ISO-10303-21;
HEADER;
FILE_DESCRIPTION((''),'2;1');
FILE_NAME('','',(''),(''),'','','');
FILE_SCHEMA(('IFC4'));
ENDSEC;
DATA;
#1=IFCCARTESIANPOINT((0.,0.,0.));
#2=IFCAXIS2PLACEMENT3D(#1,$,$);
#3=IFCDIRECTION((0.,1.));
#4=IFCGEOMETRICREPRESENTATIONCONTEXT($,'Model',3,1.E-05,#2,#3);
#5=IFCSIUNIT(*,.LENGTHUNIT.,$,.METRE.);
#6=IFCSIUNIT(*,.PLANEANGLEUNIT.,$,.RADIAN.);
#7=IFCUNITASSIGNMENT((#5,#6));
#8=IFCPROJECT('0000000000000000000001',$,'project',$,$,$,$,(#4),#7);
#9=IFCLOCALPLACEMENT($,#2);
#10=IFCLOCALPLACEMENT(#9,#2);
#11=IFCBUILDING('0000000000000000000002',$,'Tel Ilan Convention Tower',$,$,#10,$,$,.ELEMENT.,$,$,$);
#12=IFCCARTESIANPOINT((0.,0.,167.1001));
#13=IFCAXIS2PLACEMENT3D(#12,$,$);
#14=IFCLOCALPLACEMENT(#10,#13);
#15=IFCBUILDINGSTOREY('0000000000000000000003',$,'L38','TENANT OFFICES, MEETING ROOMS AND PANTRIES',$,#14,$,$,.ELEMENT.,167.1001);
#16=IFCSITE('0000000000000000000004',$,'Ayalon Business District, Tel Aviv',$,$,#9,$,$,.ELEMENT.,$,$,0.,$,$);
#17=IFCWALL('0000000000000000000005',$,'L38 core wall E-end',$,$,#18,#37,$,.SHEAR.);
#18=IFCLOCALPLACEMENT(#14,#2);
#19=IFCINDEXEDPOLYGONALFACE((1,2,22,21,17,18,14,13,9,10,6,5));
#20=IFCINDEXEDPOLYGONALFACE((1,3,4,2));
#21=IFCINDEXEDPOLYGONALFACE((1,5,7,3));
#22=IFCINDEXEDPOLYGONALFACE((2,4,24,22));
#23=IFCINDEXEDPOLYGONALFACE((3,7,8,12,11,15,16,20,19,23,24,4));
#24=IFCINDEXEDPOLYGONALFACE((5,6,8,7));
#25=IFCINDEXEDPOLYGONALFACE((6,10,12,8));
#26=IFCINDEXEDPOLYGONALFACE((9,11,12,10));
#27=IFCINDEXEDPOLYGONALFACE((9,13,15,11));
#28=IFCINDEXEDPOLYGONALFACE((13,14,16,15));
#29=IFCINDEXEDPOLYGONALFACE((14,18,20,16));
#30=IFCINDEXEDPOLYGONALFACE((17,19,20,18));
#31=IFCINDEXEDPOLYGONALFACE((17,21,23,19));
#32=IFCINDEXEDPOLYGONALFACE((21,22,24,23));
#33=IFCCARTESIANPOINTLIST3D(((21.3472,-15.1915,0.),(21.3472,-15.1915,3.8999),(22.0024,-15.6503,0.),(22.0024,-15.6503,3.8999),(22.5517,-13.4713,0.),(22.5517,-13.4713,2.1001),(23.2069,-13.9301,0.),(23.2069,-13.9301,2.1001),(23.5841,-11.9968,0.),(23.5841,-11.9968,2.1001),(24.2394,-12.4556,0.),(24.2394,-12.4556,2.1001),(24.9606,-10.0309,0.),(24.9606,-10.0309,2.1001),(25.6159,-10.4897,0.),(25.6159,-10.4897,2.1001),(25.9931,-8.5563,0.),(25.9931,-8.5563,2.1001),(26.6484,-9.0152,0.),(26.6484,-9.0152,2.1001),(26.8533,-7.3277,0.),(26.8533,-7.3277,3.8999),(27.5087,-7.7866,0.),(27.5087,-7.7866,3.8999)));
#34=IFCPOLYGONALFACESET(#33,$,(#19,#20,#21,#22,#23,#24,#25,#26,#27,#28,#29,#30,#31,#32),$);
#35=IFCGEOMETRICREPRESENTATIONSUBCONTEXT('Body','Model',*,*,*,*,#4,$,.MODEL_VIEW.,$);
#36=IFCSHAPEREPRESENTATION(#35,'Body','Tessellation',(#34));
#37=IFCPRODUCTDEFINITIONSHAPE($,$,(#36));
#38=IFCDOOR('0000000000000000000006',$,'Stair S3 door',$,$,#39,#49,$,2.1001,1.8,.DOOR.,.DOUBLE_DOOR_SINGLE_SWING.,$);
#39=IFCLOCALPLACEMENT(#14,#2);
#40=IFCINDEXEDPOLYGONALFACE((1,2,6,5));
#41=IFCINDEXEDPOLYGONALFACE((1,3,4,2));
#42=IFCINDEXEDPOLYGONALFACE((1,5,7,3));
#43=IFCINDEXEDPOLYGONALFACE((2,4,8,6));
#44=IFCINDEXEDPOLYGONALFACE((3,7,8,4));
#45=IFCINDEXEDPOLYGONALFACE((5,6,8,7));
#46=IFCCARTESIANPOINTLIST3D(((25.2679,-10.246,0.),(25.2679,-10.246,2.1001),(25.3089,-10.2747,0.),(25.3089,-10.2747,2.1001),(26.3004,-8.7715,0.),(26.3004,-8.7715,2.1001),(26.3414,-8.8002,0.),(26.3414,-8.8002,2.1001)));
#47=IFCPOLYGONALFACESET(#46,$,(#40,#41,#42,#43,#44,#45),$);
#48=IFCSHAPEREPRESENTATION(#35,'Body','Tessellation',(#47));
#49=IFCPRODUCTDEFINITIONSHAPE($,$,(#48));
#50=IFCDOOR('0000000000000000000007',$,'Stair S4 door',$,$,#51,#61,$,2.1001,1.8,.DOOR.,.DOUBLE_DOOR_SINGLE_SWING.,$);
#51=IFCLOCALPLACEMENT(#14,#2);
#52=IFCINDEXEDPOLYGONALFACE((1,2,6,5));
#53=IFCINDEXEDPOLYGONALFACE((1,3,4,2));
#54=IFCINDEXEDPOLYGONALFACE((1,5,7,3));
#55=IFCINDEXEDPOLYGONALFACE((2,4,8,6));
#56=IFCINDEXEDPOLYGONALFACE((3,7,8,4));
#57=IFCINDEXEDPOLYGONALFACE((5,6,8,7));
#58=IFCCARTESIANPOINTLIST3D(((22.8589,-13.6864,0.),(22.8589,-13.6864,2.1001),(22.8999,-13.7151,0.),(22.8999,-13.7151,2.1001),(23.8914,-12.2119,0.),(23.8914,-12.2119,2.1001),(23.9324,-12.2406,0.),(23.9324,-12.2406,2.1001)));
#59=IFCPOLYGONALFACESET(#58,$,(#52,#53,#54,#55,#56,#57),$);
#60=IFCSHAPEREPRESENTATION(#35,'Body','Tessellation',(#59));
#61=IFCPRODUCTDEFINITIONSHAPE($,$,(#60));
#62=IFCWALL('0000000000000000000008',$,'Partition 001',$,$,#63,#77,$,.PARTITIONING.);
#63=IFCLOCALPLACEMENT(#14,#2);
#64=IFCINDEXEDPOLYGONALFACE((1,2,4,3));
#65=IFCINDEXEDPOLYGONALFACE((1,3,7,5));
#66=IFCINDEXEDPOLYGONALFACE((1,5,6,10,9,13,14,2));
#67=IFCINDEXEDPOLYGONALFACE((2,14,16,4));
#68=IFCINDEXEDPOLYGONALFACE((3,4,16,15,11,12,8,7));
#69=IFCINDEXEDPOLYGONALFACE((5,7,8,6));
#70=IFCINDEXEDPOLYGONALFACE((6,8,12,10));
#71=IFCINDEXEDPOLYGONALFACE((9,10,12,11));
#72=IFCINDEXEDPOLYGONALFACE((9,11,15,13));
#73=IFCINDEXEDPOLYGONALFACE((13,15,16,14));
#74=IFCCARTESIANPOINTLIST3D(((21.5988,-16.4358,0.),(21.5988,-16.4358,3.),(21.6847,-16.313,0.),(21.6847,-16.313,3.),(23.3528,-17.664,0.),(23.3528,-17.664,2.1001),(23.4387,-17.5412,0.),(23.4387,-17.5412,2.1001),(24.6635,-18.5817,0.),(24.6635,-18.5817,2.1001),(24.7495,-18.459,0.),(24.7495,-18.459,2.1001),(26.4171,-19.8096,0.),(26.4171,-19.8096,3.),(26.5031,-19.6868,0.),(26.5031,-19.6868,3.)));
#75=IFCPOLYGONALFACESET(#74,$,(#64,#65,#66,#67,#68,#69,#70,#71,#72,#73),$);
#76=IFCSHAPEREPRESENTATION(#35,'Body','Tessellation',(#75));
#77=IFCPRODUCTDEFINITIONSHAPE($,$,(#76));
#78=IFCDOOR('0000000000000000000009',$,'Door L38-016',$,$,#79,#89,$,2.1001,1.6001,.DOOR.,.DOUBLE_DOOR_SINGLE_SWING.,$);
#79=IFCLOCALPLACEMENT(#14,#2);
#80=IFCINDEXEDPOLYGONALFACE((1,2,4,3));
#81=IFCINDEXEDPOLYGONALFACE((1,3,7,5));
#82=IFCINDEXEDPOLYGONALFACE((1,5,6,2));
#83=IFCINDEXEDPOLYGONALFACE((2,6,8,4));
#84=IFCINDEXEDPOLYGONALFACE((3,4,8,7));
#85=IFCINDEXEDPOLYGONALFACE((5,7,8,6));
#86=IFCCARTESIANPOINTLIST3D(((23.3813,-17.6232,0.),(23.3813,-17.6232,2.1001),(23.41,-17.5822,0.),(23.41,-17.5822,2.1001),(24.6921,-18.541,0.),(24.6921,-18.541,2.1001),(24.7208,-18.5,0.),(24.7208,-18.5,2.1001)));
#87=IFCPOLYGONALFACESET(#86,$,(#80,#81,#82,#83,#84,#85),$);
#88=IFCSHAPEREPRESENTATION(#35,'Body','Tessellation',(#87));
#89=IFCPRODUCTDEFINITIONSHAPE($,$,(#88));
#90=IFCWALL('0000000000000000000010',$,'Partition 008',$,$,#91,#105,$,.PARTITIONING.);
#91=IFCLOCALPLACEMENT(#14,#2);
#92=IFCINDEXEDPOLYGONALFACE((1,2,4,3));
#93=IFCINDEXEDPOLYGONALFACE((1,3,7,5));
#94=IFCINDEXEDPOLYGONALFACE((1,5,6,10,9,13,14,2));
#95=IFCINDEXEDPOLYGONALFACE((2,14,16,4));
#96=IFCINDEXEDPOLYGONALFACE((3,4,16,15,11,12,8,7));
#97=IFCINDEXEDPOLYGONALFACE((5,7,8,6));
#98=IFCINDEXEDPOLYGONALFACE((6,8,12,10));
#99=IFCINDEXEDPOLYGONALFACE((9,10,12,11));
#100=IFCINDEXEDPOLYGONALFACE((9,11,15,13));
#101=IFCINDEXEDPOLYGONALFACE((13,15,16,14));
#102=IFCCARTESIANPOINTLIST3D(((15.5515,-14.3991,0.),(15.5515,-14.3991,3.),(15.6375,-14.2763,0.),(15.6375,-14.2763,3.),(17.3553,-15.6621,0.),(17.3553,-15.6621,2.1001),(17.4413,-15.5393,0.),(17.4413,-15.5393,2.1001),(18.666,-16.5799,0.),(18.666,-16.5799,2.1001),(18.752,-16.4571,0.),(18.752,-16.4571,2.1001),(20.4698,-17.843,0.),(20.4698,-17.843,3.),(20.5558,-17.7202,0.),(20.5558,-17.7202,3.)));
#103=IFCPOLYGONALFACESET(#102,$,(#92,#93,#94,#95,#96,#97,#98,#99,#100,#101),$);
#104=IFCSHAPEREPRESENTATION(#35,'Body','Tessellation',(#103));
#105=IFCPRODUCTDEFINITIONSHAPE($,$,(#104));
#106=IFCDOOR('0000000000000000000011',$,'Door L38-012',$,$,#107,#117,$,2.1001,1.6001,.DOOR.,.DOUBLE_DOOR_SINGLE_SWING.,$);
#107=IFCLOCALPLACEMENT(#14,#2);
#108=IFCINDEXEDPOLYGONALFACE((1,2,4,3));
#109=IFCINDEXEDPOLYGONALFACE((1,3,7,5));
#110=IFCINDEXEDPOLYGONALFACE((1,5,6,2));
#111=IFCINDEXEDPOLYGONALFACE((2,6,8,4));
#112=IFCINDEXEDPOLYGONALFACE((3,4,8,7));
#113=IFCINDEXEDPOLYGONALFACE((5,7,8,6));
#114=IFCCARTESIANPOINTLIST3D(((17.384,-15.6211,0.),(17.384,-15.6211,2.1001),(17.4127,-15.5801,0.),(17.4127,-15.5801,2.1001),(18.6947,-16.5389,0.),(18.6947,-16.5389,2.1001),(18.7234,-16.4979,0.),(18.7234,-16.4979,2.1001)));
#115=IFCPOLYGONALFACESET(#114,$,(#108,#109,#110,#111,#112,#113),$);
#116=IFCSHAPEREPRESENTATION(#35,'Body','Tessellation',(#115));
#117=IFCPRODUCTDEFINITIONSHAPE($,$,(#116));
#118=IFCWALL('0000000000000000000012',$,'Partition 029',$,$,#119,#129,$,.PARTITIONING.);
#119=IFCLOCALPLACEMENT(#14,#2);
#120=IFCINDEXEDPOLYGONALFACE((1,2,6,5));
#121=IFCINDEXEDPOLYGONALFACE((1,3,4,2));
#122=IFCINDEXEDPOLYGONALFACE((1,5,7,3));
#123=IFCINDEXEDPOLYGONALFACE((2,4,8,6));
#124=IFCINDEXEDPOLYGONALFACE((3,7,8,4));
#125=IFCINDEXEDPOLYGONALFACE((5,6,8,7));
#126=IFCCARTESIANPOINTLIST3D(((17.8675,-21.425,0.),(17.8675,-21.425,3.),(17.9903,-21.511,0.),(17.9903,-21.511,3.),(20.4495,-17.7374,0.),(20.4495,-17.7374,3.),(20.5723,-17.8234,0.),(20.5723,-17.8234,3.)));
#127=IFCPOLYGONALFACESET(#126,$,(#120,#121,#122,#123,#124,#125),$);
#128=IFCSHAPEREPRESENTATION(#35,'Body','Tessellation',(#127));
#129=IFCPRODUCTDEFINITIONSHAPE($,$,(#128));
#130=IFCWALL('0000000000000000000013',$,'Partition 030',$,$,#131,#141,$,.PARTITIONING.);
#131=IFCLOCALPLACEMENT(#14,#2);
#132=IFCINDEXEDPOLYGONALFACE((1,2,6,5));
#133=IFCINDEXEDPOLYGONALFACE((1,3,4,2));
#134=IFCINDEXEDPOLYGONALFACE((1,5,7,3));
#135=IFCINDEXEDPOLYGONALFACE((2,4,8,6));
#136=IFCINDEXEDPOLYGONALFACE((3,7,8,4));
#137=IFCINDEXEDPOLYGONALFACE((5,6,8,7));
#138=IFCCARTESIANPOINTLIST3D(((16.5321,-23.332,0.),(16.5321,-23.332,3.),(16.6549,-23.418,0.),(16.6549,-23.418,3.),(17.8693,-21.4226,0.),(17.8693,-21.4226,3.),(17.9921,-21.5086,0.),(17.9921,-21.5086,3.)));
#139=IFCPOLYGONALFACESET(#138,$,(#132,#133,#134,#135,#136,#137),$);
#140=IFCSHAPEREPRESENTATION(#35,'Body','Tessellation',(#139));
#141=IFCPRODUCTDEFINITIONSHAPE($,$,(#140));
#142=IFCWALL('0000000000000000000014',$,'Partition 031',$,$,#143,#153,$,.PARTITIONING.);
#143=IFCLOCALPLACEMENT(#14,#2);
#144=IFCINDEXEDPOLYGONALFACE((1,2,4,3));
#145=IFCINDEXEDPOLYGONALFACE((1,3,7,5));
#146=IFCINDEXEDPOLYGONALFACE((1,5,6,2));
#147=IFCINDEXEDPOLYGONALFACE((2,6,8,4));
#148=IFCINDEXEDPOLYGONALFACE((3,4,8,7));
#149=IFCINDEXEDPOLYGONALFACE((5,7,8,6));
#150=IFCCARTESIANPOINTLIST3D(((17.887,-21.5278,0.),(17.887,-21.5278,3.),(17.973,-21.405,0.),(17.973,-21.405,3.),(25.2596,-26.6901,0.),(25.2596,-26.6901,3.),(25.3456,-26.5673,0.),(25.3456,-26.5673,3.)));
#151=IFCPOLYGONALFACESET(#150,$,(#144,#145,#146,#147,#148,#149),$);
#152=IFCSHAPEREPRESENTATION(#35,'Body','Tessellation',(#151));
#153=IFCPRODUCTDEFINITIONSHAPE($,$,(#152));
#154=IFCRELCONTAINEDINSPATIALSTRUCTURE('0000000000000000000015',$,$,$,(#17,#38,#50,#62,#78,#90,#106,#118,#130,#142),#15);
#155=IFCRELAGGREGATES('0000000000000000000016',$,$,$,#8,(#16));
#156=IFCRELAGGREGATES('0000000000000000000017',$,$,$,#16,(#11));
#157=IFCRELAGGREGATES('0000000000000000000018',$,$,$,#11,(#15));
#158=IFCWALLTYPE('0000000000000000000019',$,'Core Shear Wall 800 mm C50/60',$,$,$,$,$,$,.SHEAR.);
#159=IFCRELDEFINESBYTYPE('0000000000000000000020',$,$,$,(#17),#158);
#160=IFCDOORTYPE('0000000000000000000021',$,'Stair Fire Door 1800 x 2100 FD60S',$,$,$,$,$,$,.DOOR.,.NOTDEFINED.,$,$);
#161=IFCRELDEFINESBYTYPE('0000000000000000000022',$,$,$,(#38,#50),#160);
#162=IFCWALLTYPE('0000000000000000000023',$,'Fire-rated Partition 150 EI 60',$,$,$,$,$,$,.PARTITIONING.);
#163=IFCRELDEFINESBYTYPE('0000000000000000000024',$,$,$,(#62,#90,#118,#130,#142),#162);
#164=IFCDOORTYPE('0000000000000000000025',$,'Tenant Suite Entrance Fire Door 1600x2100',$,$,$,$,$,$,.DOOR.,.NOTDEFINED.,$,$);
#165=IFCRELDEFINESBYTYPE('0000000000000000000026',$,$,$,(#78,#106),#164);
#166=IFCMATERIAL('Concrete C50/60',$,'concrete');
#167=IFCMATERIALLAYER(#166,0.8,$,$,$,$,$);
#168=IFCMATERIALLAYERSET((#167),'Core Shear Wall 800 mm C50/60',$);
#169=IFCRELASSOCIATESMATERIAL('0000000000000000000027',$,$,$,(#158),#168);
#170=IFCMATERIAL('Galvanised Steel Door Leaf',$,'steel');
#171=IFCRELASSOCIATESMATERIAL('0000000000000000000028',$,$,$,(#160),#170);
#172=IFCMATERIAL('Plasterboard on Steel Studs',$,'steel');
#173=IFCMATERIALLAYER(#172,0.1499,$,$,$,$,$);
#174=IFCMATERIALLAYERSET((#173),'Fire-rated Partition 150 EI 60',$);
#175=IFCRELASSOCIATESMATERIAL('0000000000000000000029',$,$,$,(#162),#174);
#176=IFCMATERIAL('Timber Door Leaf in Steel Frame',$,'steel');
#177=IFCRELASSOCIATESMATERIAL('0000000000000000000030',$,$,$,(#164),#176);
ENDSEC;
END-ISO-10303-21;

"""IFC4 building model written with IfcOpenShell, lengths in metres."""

from ifc_helpers import new_model, si_unit, direction, frame, frame_2d, origin, place, context, subcontext, project, spatial, polyline, rectangle, outline, extrude, material, layer, layer_set, type_object, element, fill, save


model = new_model("IFC4")

# Units and contexts
model_context = context("Model", 3, precision=1e-05, world=origin(), true_north=direction((0.0, 1.0)))
body_context = subcontext(model_context, "Body", "Model", "MODEL_VIEW")
ifc_project = project(units=[si_unit("LENGTHUNIT", "METRE"), si_unit("PLANEANGLEUNIT", "RADIAN")], contexts=[model_context])

# Site, building, storey
site_placement = place(None, origin())
site = spatial("IfcSite", under=ifc_project, at=site_placement, Name="Ayalon Business District, Tel Aviv", CompositionType="ELEMENT", RefElevation=0.0)
building_placement = place(site_placement, origin())
building = spatial("IfcBuilding", under=site, at=building_placement, Name="Tel Ilan Convention Tower", CompositionType="ELEMENT")
storey_placement = place(building_placement, frame((0.0, 0.0, 167.1001)))
storey = spatial("IfcBuildingStorey", under=building, at=storey_placement, Name="L38", Description="TENANT OFFICES, MEETING ROOMS AND PANTRIES", CompositionType="ELEMENT", Elevation=167.1001)

# Wall, openings, doors
ifc_material_1 = material(Name="Concrete C50/60", Category="concrete")
ifc_layer_1 = layer(ifc_material_1, 0.8)
ifc_layer_set_1 = layer_set([ifc_layer_1], Name="Core Shear Wall 800 mm C50/60")
wall_type_1 = type_object("IfcWallType", Name="Core Shear Wall 800 mm C50/60", PredefinedType="SHEAR", material=ifc_layer_set_1)
wall_1_placement = place(storey_placement, frame((21.6748, -15.4209, 0.0), z_axis=(0.0, 0.0, 1.0), x_axis=(0.573582, 0.819148, 0.0)))
wall_1 = element("IfcWall", 1, at=wall_1_placement, inside=storey, type_object=wall_type_1, Name="L38 core wall E-end", PredefinedType="SHEAR", context=body_context, shape_type="SweptSolid", body=[
    extrude(outline(polyline([(9.5999, 0.4001), (0.0, 0.3999), (0.0, -0.3999), (9.5999, -0.3999), (9.5999, 0.4001)])), origin(), (0.0, 0.0, 1.0), 3.8999),
])
opening_1_placement = place(wall_1_placement, frame((6.3, 0.0, 0.0)))
opening_1 = element("IfcOpeningElement", 2, at=opening_1_placement, cuts=wall_1, PredefinedType="OPENING", context=body_context, shape_type="SweptSolid", body=[
    extrude(rectangle(XDim=1.8, YDim=2.1001, at=frame_2d((0.8999, 1.05))), frame((0.0, 0.4099, 0.0), z_axis=(0.0, -1.0, 0.0), x_axis=(1.0, 0.0, 0.0)), (0.0, 0.0, 1.0), 0.8201),
])
opening_2_placement = place(wall_1_placement, frame((2.1001, 0.0, 0.0)))
opening_2 = element("IfcOpeningElement", 3, at=opening_2_placement, cuts=wall_1, PredefinedType="OPENING", context=body_context, shape_type="SweptSolid", body=[
    extrude(rectangle(XDim=1.8, YDim=2.1001, at=frame_2d((0.8999, 1.05))), frame((0.0, 0.4099, 0.0), z_axis=(0.0, -1.0, 0.0), x_axis=(1.0, 0.0, 0.0)), (0.0, 0.0, 1.0), 0.8201),
])
ifc_material_2 = material(Name="Galvanised Steel Door Leaf", Category="steel")
door_type_1 = type_object("IfcDoorType", Name="Stair Fire Door 1800 x 2100 FD60S", OperationType="NOTDEFINED", PredefinedType="DOOR", material=ifc_material_2)
door_1_placement = place(opening_1_placement, origin())
door_1 = element("IfcDoor", 4, at=door_1_placement, inside=storey, type_object=door_type_1, Name="Stair S3 door", OperationType="DOUBLE_DOOR_SINGLE_SWING", OverallHeight=2.1001, OverallWidth=1.8, PredefinedType="DOOR", context=body_context, shape_type="SweptSolid", body=[
    extrude(rectangle(XDim=1.8, YDim=2.1001, at=frame_2d((0.8999, 1.05))), frame((0.0, 0.0249, 0.0), z_axis=(0.0, -1.0, 0.0), x_axis=(1.0, 0.0, 0.0)), (0.0, 0.0, 1.0), 0.05),
])
fill(opening_1, door_1)
door_2_placement = place(opening_2_placement, origin())
door_2 = element("IfcDoor", 5, at=door_2_placement, inside=storey, type_object=door_type_1, Name="Stair S4 door", OperationType="DOUBLE_DOOR_SINGLE_SWING", OverallHeight=2.1001, OverallWidth=1.8, PredefinedType="DOOR", context=body_context, shape_type="SweptSolid", body=[
    extrude(rectangle(XDim=1.8, YDim=2.1001, at=frame_2d((0.8999, 1.05))), frame((0.0, 0.0249, 0.0), z_axis=(0.0, -1.0, 0.0), x_axis=(1.0, 0.0, 0.0)), (0.0, 0.0, 1.0), 0.05),
])
fill(opening_2, door_2)

# Walls, openings, doors
ifc_material_3 = material(Name="Plasterboard on Steel Studs", Category="steel")
ifc_layer_2 = layer(ifc_material_3, 0.1499)
ifc_layer_set_2 = layer_set([ifc_layer_2], Name="Fire-rated Partition 150 EI 60")
wall_type_2 = type_object("IfcWallType", Name="Fire-rated Partition 150 EI 60", PredefinedType="PARTITIONING", material=ifc_layer_set_2)
wall_2_placement = place(storey_placement, frame((21.6418, -16.3745, 0.0), z_axis=(0.0, 0.0, 1.0), x_axis=(0.819158, -0.573568, 0.0)))
wall_2 = element("IfcWall", 6, at=wall_2_placement, inside=storey, type_object=wall_type_2, Name="Partition 001", PredefinedType="PARTITIONING", context=body_context, shape_type="SweptSolid", body=[
    extrude(rectangle(XDim=5.8821, YDim=0.1499, at=frame_2d((2.9409, 0.0))), origin(), (0.0, 0.0, 1.0), 3.0),
])
opening_3_placement = place(wall_2_placement, frame((2.1411, 0.0, 0.0)))
opening_3 = element("IfcOpeningElement", 7, at=opening_3_placement, cuts=wall_2, PredefinedType="OPENING", context=body_context, shape_type="SweptSolid", body=[
    extrude(rectangle(XDim=1.6001, YDim=2.1001, at=frame_2d((0.8, 1.05))), frame((0.0, 0.085, 0.0), z_axis=(0.0, -1.0, 0.0), x_axis=(1.0, 0.0, 0.0)), (0.0, 0.0, 1.0), 0.1699),
])
ifc_material_4 = material(Name="Timber Door Leaf in Steel Frame", Category="steel")
door_type_2 = type_object("IfcDoorType", Name="Tenant Suite Entrance Fire Door 1600x2100", OperationType="NOTDEFINED", PredefinedType="DOOR", material=ifc_material_4)
door_3_placement = place(opening_3_placement, origin())
door_3 = element("IfcDoor", 8, at=door_3_placement, inside=storey, type_object=door_type_2, Name="Door L38-016", OperationType="DOUBLE_DOOR_SINGLE_SWING", OverallHeight=2.1001, OverallWidth=1.6001, PredefinedType="DOOR", context=body_context, shape_type="SweptSolid", body=[
    extrude(rectangle(XDim=1.6001, YDim=2.1001, at=frame_2d((0.8, 1.05))), frame((0.0, 0.0249, 0.0), z_axis=(0.0, -1.0, 0.0), x_axis=(1.0, 0.0, 0.0)), (0.0, 0.0, 1.0), 0.05),
])
fill(opening_3, door_3)
wall_3_placement = place(storey_placement, frame((20.5127, -17.7815, 0.0), z_axis=(0.0, 0.0, 1.0), x_axis=(-0.819146, 0.573585, 0.0)))
wall_3 = element("IfcWall", 9, at=wall_3_placement, inside=storey, type_object=wall_type_2, Name="Partition 008", PredefinedType="PARTITIONING", context=body_context, shape_type="SweptSolid", body=[
    extrude(rectangle(XDim=6.0042, YDim=0.1499, at=frame_2d((3.002, 0.0))), origin(), (0.0, 0.0, 1.0), 3.0),
])
opening_4_placement = place(wall_3_placement, frame((2.2019, 0.0, 0.0)))
opening_4 = element("IfcOpeningElement", 10, at=opening_4_placement, cuts=wall_3, PredefinedType="OPENING", context=body_context, shape_type="SweptSolid", body=[
    extrude(rectangle(XDim=1.6001, YDim=2.1001, at=frame_2d((0.8, 1.05))), frame((0.0, 0.085, 0.0), z_axis=(0.0, -1.0, 0.0), x_axis=(1.0, 0.0, 0.0)), (0.0, 0.0, 1.0), 0.1699),
])
door_4_placement = place(opening_4_placement, origin())
door_4 = element("IfcDoor", 11, at=door_4_placement, inside=storey, type_object=door_type_2, Name="Door L38-012", OperationType="DOUBLE_DOOR_SINGLE_SWING", OverallHeight=2.1001, OverallWidth=1.6001, PredefinedType="DOOR", context=body_context, shape_type="SweptSolid", body=[
    extrude(rectangle(XDim=1.6001, YDim=2.1001, at=frame_2d((0.8, 1.05))), frame((0.0, 0.0249, 0.0), z_axis=(0.0, -1.0, 0.0), x_axis=(1.0, 0.0, 0.0)), (0.0, 0.0, 1.0), 0.05),
])
fill(opening_4, door_4)

# Walls
wall_4_placement = place(storey_placement, frame((20.511, -17.7803, 0.0), z_axis=(0.0, 0.0, 1.0), x_axis=(-0.573553, -0.819168, 0.0)))
element("IfcWall", 12, at=wall_4_placement, inside=storey, type_object=wall_type_2, Name="Partition 029", PredefinedType="PARTITIONING", context=body_context, shape_type="SweptSolid", body=[
    extrude(rectangle(XDim=4.5017, YDim=0.1499, at=frame_2d((2.251, 0.0))), origin(), (0.0, 0.0, 1.0), 3.0),
])
wall_5_placement = place(storey_placement, frame((17.9307, -21.4656, 0.0), z_axis=(0.0, 0.0, 1.0), x_axis=(-0.573624, -0.819119, 0.0)))
element("IfcWall", 13, at=wall_5_placement, inside=storey, type_object=wall_type_2, Name="Partition 030", PredefinedType="PARTITIONING", context=body_context, shape_type="SweptSolid", body=[
    extrude(rectangle(XDim=2.3311, YDim=0.1499, at=frame_2d((1.1655, 0.0))), origin(), (0.0, 0.0, 1.0), 3.0),
])
wall_6_placement = place(storey_placement, frame((25.3025, -26.6287, 0.0), z_axis=(0.0, 0.0, 1.0), x_axis=(-0.81915, 0.573579, 0.0)))
element("IfcWall", 14, at=wall_6_placement, inside=storey, type_object=wall_type_2, Name="Partition 031", PredefinedType="PARTITIONING", context=body_context, shape_type="SweptSolid", body=[
    extrude(rectangle(XDim=9.0002, YDim=0.1499, at=frame_2d((4.5, 0.0))), origin(), (0.0, 0.0, 1.0), 3.0),
])

save(model, "model.ifc")
